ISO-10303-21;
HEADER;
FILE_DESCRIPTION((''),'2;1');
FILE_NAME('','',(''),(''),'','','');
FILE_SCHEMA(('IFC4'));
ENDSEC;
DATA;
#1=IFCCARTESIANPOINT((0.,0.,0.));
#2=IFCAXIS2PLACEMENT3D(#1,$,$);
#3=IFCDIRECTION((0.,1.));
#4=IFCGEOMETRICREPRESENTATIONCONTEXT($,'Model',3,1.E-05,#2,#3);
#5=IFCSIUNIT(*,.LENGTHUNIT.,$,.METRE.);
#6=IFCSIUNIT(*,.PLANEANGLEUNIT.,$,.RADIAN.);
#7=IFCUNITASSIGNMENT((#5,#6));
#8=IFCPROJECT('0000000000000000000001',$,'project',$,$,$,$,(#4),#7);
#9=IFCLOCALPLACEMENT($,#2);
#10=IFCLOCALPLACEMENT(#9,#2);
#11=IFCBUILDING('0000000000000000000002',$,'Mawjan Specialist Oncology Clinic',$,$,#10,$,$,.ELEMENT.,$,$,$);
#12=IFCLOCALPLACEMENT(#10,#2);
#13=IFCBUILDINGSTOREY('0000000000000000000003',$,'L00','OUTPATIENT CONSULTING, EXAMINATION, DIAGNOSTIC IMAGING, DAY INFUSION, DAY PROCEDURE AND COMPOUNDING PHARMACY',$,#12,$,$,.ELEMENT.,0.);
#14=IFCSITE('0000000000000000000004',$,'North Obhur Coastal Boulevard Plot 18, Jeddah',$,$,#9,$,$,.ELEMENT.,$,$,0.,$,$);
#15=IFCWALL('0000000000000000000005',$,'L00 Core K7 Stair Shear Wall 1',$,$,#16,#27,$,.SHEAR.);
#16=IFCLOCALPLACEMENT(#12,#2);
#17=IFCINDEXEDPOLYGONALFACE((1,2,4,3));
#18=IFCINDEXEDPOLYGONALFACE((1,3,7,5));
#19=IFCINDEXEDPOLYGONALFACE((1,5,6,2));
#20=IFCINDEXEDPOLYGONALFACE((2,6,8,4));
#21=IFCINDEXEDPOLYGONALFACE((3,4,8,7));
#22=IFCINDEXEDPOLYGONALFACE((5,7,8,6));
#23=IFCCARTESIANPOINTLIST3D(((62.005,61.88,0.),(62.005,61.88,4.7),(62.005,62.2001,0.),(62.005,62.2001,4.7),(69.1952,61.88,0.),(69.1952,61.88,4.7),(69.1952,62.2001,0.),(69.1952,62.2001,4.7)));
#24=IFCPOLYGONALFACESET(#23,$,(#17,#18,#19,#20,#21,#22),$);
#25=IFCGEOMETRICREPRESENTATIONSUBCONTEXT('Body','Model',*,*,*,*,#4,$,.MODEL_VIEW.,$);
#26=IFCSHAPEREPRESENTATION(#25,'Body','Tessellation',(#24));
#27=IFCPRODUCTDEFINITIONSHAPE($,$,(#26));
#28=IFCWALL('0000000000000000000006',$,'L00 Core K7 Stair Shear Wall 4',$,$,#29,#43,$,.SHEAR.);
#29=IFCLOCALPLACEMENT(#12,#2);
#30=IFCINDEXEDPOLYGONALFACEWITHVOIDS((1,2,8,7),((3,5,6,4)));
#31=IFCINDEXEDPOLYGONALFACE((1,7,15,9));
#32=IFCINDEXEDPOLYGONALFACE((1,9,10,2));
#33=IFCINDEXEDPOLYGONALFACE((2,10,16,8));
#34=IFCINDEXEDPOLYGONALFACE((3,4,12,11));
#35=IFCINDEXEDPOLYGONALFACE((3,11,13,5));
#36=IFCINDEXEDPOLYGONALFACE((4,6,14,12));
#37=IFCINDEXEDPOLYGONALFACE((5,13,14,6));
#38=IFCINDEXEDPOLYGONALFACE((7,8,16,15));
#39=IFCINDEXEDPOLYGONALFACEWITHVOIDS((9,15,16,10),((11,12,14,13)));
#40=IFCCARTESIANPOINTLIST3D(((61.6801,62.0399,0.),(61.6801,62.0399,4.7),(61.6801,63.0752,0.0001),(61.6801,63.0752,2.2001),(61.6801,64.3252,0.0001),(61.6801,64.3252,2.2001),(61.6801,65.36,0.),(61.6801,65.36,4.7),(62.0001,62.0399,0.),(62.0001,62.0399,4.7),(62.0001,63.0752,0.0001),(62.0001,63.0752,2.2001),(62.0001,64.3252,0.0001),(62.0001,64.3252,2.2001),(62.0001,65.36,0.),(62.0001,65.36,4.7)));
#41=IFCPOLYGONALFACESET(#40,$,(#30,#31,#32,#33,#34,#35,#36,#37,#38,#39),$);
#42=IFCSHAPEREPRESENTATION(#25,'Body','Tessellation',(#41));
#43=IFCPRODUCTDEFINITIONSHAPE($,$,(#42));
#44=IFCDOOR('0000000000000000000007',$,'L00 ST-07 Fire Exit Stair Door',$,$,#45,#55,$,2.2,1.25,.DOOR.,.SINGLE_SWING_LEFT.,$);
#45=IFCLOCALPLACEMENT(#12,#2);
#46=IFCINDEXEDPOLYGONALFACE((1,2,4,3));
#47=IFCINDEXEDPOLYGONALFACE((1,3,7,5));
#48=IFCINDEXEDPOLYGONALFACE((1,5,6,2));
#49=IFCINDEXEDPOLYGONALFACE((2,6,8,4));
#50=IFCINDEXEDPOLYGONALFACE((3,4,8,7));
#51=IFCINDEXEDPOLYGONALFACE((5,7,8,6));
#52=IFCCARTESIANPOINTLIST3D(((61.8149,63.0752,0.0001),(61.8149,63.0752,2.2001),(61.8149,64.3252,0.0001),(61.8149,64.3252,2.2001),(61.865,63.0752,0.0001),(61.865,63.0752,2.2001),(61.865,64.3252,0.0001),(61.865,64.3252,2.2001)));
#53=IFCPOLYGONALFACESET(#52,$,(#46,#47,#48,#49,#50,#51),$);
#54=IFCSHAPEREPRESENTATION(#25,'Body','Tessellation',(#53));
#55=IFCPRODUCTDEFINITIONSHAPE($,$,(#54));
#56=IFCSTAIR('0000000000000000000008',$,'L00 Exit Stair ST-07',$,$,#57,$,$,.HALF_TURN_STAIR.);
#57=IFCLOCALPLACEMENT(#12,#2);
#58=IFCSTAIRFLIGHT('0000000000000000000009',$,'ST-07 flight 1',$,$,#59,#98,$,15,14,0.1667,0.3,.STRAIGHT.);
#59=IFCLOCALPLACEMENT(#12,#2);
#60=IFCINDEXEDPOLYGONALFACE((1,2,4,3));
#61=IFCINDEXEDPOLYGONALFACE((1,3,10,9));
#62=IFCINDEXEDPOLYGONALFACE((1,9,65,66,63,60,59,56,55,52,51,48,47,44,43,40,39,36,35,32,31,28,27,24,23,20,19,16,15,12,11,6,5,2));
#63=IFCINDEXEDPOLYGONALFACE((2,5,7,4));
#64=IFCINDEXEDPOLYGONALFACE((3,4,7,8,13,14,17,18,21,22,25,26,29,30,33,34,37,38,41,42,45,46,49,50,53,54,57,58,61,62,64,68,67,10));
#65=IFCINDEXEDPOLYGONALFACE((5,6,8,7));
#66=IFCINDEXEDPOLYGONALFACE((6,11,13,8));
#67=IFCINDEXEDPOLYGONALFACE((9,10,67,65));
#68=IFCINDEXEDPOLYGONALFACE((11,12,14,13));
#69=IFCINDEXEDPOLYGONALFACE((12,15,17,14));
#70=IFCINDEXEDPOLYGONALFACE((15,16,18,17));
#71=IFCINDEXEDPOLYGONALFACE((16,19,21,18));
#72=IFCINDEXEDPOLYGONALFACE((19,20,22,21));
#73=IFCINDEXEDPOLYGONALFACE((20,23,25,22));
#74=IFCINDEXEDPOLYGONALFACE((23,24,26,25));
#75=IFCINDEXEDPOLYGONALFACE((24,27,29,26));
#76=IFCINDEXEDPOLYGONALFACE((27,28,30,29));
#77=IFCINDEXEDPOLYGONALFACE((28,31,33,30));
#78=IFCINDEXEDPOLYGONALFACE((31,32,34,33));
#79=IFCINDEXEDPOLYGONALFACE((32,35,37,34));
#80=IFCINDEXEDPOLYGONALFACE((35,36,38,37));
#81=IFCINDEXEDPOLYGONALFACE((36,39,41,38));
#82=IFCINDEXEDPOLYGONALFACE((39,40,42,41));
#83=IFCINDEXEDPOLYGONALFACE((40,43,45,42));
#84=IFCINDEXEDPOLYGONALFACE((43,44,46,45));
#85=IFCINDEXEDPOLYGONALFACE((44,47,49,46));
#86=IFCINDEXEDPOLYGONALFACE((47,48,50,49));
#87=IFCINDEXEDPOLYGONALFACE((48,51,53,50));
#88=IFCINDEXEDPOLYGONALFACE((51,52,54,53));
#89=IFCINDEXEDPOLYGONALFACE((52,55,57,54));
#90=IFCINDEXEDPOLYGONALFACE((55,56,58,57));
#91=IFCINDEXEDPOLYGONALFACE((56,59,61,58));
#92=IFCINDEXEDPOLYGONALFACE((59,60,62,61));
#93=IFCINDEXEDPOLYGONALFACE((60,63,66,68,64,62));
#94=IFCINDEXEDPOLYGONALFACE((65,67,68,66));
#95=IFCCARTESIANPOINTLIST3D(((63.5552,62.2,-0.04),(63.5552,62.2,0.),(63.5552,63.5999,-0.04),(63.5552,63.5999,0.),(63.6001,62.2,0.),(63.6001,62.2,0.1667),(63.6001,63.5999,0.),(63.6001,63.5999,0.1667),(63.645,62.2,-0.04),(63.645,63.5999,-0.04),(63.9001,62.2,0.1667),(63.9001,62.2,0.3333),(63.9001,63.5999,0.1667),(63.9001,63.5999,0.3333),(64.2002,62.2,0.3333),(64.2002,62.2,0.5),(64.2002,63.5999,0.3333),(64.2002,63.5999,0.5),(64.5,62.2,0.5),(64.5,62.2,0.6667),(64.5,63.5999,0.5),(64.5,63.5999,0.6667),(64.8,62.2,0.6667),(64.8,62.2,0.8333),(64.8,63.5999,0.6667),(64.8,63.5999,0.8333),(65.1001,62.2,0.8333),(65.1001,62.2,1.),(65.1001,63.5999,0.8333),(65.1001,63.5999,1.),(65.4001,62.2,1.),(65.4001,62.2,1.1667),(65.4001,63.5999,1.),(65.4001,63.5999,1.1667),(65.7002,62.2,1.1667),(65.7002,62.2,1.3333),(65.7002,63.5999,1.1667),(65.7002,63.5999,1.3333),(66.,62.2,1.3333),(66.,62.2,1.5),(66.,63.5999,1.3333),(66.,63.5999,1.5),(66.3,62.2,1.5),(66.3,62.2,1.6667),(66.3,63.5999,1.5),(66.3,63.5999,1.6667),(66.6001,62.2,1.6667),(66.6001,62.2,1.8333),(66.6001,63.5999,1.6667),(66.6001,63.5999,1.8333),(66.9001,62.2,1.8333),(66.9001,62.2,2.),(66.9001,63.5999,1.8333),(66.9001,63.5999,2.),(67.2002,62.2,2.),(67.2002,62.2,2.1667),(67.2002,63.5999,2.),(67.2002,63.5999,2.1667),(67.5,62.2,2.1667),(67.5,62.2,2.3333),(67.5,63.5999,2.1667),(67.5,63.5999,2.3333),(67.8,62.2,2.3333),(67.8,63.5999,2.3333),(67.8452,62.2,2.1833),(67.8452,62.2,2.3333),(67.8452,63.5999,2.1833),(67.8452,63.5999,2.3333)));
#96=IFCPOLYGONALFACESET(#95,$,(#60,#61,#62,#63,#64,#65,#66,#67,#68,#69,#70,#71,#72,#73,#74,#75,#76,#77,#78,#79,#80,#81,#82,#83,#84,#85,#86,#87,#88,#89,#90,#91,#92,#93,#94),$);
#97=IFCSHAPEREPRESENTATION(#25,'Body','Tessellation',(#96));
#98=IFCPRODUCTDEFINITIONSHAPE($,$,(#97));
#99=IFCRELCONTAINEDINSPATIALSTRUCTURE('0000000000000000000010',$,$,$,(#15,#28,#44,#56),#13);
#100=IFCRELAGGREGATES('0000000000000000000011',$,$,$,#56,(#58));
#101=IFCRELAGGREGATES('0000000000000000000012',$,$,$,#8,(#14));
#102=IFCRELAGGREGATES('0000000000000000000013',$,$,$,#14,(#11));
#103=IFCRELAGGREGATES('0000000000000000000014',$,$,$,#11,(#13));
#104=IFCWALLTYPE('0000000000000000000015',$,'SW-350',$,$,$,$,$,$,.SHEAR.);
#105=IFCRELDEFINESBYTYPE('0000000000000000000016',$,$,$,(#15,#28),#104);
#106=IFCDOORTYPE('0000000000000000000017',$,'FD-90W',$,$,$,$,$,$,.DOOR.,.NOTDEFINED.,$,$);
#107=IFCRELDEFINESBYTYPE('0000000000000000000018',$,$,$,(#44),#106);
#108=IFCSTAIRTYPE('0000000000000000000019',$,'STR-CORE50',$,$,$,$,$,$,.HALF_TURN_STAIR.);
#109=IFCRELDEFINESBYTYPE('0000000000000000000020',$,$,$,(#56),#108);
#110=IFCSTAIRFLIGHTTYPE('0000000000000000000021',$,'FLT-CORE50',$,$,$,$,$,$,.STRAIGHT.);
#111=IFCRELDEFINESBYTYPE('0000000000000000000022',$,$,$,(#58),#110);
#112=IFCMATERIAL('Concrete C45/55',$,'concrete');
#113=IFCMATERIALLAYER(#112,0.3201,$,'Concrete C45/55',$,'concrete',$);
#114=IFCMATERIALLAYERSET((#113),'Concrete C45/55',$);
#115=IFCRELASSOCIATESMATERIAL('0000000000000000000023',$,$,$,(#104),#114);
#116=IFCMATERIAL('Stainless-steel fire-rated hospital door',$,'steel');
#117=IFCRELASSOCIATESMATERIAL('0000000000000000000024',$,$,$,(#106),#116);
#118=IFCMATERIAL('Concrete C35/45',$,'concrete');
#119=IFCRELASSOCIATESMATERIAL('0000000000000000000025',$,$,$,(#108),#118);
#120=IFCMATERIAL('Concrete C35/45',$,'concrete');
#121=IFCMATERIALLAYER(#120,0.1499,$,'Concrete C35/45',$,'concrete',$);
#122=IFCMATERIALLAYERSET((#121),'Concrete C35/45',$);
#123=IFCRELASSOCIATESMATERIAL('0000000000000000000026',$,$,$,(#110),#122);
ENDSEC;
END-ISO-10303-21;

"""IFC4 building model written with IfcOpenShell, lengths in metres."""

from ifc_helpers import new_model, si_unit, direction, frame, frame_2d, origin, place, context, subcontext, project, spatial, polyline, rectangle, outline, extrude, material, layer, layer_set, type_object, element, fill, aggregate, save


model = new_model("IFC4")

# Units and contexts
model_context = context("Model", 3, precision=1e-05, world=origin(), true_north=direction((0.0, 1.0)))
body_context = subcontext(model_context, "Body", "Model", "MODEL_VIEW")
ifc_project = project(units=[si_unit("LENGTHUNIT", "METRE"), si_unit("PLANEANGLEUNIT", "RADIAN")], contexts=[model_context])

# Site, building, storey
site_placement = place(None, origin())
site = spatial("IfcSite", under=ifc_project, at=site_placement, Name="North Obhur Coastal Boulevard Plot 18, Jeddah", CompositionType="ELEMENT", RefElevation=0.0)
building_placement = place(site_placement, origin())
building = spatial("IfcBuilding", under=site, at=building_placement, Name="Mawjan Specialist Oncology Clinic", CompositionType="ELEMENT")
storey_placement = place(building_placement, origin())
storey = spatial("IfcBuildingStorey", under=building, at=storey_placement, Name="L00", Description="OUTPATIENT CONSULTING, EXAMINATION, DIAGNOSTIC IMAGING, DAY INFUSION, DAY PROCEDURE AND COMPOUNDING PHARMACY", CompositionType="ELEMENT", Elevation=0.0)

# Wall
ifc_material_1 = material(Name="Concrete C45/55", Category="concrete")
ifc_layer_1 = layer(ifc_material_1, 0.3201, Name="Concrete C45/55", Category="concrete")
ifc_layer_set_1 = layer_set([ifc_layer_1], Name="Concrete C45/55")
wall_type = type_object("IfcWallType", Name="SW-350", PredefinedType="SHEAR", material=ifc_layer_set_1)
wall_1_placement = place(storey_placement, frame((62.0049, 62.04, 0.0), z_axis=(0.0, 0.0, 1.0), x_axis=(1.0, 0.0, 0.0)))
element("IfcWall", 1, at=wall_1_placement, inside=storey, type_object=wall_type, Name="L00 Core K7 Stair Shear Wall 1", PredefinedType="SHEAR", context=body_context, shape_type="SweptSolid", body=[
    extrude(rectangle(XDim=7.1902, YDim=0.3201, at=frame_2d((3.5952, 0.0))), origin(), (0.0, 0.0, 1.0), 4.7),
])

# Wall, opening, door
wall_2_placement = place(storey_placement, frame((61.8401, 65.3601, 0.0), z_axis=(0.0, 0.0, 1.0), x_axis=(0.0, -1.0, 0.0)))
wall_2 = element("IfcWall", 2, at=wall_2_placement, inside=storey, type_object=wall_type, Name="L00 Core K7 Stair Shear Wall 4", PredefinedType="SHEAR", context=body_context, shape_type="SweptSolid", body=[
    extrude(rectangle(XDim=3.3201, YDim=0.3201, at=frame_2d((1.6602, 0.0))), origin(), (0.0, 0.0, 1.0), 4.7),
])
opening_placement = place(wall_2_placement, frame((1.0349, 0.0, 0.0)))
opening = element("IfcOpeningElement", 3, at=opening_placement, cuts=wall_2, PredefinedType="OPENING", context=body_context, shape_type="SweptSolid", body=[
    extrude(rectangle(XDim=1.25, YDim=2.2, at=frame_2d((0.625, 1.1001))), frame((0.0, 0.1721, 0.0), z_axis=(0.0, -1.0, 0.0), x_axis=(1.0, 0.0, 0.0)), (0.0, 0.0, 1.0), 0.344),
])
ifc_material_2 = material(Name="Stainless-steel fire-rated hospital door", Category="steel")
door_type = type_object("IfcDoorType", Name="FD-90W", OperationType="NOTDEFINED", PredefinedType="DOOR", material=ifc_material_2)
door_placement = place(opening_placement, origin())
door = element("IfcDoor", 4, at=door_placement, inside=storey, type_object=door_type, Name="L00 ST-07 Fire Exit Stair Door", OperationType="SINGLE_SWING_LEFT", OverallHeight=2.2, OverallWidth=1.25, PredefinedType="DOOR", context=body_context, shape_type="SweptSolid", body=[
    extrude(rectangle(XDim=1.25, YDim=2.2, at=frame_2d((0.625, 1.1001))), frame((0.0, 0.0249, 0.0), z_axis=(0.0, -1.0, 0.0), x_axis=(1.0, 0.0, 0.0)), (0.0, 0.0, 1.0), 0.05),
])
fill(opening, door)

# Stair, stair flight
ifc_material_3 = material(Name="Concrete C35/45", Category="concrete")
stair_type = type_object("IfcStairType", Name="STR-CORE50", PredefinedType="HALF_TURN_STAIR", material=ifc_material_3)
stair_placement = place(storey_placement, origin())
stair = element("IfcStair", 5, at=stair_placement, inside=storey, type_object=stair_type, Name="L00 Exit Stair ST-07", PredefinedType="HALF_TURN_STAIR")
ifc_material_4 = material(Name="Concrete C35/45", Category="concrete")
ifc_layer_2 = layer(ifc_material_4, 0.1499, Name="Concrete C35/45", Category="concrete")
ifc_layer_set_2 = layer_set([ifc_layer_2], Name="Concrete C35/45")
stair_flight_type = type_object("IfcStairFlightType", Name="FLT-CORE50", PredefinedType="STRAIGHT", material=ifc_layer_set_2)
stair_flight_placement = place(storey_placement, frame((63.6001, 62.8999, 0.0), z_axis=(0.0, 0.0, 1.0), x_axis=(1.0, 0.0, 0.0)))
stair_flight = element("IfcStairFlight", 6, at=stair_flight_placement, type_object=stair_flight_type, Name="ST-07 flight 1", NumberOfRisers=15, NumberOfTreads=14, PredefinedType="STRAIGHT", RiserHeight=0.1667, TreadLength=0.3, context=body_context, shape_type="SweptSolid", body=[
    extrude(outline(polyline([(-0.0449, -0.04), (-0.0449, 0.0), (0.0, 0.0), (0.0, 0.1667), (0.3, 0.1667), (0.3, 0.3333), (0.6001, 0.3333), (0.6001, 0.5), (0.8999, 0.5), (0.8999, 0.6667), (1.2, 0.6667), (1.2, 0.8333), (1.5, 0.8333), (1.5, 1.0), (1.8, 1.0), (1.8, 1.1667), (2.1001, 1.1667), (2.1001, 1.3333), (2.3999, 1.3333), (2.3999, 1.5), (2.7, 1.5), (2.7, 1.6667), (3.0, 1.6667), (3.0, 1.8333), (3.3, 1.8333), (3.3, 2.0), (3.6001, 2.0), (3.6001, 2.1667), (3.8999, 2.1667), (3.8999, 2.3333), (4.2, 2.3333), (4.2451, 2.3333), (4.2451, 2.1833), (0.0449, -0.04), (-0.0449, -0.04)])), frame((0.0, 0.7, 0.0), z_axis=(0.0, -1.0, 0.0), x_axis=(1.0, 0.0, 0.0)), (0.0, 0.0, 1.0), 1.3999),
])
aggregate(stair, [stair_flight])

save(model, "model.ifc")
